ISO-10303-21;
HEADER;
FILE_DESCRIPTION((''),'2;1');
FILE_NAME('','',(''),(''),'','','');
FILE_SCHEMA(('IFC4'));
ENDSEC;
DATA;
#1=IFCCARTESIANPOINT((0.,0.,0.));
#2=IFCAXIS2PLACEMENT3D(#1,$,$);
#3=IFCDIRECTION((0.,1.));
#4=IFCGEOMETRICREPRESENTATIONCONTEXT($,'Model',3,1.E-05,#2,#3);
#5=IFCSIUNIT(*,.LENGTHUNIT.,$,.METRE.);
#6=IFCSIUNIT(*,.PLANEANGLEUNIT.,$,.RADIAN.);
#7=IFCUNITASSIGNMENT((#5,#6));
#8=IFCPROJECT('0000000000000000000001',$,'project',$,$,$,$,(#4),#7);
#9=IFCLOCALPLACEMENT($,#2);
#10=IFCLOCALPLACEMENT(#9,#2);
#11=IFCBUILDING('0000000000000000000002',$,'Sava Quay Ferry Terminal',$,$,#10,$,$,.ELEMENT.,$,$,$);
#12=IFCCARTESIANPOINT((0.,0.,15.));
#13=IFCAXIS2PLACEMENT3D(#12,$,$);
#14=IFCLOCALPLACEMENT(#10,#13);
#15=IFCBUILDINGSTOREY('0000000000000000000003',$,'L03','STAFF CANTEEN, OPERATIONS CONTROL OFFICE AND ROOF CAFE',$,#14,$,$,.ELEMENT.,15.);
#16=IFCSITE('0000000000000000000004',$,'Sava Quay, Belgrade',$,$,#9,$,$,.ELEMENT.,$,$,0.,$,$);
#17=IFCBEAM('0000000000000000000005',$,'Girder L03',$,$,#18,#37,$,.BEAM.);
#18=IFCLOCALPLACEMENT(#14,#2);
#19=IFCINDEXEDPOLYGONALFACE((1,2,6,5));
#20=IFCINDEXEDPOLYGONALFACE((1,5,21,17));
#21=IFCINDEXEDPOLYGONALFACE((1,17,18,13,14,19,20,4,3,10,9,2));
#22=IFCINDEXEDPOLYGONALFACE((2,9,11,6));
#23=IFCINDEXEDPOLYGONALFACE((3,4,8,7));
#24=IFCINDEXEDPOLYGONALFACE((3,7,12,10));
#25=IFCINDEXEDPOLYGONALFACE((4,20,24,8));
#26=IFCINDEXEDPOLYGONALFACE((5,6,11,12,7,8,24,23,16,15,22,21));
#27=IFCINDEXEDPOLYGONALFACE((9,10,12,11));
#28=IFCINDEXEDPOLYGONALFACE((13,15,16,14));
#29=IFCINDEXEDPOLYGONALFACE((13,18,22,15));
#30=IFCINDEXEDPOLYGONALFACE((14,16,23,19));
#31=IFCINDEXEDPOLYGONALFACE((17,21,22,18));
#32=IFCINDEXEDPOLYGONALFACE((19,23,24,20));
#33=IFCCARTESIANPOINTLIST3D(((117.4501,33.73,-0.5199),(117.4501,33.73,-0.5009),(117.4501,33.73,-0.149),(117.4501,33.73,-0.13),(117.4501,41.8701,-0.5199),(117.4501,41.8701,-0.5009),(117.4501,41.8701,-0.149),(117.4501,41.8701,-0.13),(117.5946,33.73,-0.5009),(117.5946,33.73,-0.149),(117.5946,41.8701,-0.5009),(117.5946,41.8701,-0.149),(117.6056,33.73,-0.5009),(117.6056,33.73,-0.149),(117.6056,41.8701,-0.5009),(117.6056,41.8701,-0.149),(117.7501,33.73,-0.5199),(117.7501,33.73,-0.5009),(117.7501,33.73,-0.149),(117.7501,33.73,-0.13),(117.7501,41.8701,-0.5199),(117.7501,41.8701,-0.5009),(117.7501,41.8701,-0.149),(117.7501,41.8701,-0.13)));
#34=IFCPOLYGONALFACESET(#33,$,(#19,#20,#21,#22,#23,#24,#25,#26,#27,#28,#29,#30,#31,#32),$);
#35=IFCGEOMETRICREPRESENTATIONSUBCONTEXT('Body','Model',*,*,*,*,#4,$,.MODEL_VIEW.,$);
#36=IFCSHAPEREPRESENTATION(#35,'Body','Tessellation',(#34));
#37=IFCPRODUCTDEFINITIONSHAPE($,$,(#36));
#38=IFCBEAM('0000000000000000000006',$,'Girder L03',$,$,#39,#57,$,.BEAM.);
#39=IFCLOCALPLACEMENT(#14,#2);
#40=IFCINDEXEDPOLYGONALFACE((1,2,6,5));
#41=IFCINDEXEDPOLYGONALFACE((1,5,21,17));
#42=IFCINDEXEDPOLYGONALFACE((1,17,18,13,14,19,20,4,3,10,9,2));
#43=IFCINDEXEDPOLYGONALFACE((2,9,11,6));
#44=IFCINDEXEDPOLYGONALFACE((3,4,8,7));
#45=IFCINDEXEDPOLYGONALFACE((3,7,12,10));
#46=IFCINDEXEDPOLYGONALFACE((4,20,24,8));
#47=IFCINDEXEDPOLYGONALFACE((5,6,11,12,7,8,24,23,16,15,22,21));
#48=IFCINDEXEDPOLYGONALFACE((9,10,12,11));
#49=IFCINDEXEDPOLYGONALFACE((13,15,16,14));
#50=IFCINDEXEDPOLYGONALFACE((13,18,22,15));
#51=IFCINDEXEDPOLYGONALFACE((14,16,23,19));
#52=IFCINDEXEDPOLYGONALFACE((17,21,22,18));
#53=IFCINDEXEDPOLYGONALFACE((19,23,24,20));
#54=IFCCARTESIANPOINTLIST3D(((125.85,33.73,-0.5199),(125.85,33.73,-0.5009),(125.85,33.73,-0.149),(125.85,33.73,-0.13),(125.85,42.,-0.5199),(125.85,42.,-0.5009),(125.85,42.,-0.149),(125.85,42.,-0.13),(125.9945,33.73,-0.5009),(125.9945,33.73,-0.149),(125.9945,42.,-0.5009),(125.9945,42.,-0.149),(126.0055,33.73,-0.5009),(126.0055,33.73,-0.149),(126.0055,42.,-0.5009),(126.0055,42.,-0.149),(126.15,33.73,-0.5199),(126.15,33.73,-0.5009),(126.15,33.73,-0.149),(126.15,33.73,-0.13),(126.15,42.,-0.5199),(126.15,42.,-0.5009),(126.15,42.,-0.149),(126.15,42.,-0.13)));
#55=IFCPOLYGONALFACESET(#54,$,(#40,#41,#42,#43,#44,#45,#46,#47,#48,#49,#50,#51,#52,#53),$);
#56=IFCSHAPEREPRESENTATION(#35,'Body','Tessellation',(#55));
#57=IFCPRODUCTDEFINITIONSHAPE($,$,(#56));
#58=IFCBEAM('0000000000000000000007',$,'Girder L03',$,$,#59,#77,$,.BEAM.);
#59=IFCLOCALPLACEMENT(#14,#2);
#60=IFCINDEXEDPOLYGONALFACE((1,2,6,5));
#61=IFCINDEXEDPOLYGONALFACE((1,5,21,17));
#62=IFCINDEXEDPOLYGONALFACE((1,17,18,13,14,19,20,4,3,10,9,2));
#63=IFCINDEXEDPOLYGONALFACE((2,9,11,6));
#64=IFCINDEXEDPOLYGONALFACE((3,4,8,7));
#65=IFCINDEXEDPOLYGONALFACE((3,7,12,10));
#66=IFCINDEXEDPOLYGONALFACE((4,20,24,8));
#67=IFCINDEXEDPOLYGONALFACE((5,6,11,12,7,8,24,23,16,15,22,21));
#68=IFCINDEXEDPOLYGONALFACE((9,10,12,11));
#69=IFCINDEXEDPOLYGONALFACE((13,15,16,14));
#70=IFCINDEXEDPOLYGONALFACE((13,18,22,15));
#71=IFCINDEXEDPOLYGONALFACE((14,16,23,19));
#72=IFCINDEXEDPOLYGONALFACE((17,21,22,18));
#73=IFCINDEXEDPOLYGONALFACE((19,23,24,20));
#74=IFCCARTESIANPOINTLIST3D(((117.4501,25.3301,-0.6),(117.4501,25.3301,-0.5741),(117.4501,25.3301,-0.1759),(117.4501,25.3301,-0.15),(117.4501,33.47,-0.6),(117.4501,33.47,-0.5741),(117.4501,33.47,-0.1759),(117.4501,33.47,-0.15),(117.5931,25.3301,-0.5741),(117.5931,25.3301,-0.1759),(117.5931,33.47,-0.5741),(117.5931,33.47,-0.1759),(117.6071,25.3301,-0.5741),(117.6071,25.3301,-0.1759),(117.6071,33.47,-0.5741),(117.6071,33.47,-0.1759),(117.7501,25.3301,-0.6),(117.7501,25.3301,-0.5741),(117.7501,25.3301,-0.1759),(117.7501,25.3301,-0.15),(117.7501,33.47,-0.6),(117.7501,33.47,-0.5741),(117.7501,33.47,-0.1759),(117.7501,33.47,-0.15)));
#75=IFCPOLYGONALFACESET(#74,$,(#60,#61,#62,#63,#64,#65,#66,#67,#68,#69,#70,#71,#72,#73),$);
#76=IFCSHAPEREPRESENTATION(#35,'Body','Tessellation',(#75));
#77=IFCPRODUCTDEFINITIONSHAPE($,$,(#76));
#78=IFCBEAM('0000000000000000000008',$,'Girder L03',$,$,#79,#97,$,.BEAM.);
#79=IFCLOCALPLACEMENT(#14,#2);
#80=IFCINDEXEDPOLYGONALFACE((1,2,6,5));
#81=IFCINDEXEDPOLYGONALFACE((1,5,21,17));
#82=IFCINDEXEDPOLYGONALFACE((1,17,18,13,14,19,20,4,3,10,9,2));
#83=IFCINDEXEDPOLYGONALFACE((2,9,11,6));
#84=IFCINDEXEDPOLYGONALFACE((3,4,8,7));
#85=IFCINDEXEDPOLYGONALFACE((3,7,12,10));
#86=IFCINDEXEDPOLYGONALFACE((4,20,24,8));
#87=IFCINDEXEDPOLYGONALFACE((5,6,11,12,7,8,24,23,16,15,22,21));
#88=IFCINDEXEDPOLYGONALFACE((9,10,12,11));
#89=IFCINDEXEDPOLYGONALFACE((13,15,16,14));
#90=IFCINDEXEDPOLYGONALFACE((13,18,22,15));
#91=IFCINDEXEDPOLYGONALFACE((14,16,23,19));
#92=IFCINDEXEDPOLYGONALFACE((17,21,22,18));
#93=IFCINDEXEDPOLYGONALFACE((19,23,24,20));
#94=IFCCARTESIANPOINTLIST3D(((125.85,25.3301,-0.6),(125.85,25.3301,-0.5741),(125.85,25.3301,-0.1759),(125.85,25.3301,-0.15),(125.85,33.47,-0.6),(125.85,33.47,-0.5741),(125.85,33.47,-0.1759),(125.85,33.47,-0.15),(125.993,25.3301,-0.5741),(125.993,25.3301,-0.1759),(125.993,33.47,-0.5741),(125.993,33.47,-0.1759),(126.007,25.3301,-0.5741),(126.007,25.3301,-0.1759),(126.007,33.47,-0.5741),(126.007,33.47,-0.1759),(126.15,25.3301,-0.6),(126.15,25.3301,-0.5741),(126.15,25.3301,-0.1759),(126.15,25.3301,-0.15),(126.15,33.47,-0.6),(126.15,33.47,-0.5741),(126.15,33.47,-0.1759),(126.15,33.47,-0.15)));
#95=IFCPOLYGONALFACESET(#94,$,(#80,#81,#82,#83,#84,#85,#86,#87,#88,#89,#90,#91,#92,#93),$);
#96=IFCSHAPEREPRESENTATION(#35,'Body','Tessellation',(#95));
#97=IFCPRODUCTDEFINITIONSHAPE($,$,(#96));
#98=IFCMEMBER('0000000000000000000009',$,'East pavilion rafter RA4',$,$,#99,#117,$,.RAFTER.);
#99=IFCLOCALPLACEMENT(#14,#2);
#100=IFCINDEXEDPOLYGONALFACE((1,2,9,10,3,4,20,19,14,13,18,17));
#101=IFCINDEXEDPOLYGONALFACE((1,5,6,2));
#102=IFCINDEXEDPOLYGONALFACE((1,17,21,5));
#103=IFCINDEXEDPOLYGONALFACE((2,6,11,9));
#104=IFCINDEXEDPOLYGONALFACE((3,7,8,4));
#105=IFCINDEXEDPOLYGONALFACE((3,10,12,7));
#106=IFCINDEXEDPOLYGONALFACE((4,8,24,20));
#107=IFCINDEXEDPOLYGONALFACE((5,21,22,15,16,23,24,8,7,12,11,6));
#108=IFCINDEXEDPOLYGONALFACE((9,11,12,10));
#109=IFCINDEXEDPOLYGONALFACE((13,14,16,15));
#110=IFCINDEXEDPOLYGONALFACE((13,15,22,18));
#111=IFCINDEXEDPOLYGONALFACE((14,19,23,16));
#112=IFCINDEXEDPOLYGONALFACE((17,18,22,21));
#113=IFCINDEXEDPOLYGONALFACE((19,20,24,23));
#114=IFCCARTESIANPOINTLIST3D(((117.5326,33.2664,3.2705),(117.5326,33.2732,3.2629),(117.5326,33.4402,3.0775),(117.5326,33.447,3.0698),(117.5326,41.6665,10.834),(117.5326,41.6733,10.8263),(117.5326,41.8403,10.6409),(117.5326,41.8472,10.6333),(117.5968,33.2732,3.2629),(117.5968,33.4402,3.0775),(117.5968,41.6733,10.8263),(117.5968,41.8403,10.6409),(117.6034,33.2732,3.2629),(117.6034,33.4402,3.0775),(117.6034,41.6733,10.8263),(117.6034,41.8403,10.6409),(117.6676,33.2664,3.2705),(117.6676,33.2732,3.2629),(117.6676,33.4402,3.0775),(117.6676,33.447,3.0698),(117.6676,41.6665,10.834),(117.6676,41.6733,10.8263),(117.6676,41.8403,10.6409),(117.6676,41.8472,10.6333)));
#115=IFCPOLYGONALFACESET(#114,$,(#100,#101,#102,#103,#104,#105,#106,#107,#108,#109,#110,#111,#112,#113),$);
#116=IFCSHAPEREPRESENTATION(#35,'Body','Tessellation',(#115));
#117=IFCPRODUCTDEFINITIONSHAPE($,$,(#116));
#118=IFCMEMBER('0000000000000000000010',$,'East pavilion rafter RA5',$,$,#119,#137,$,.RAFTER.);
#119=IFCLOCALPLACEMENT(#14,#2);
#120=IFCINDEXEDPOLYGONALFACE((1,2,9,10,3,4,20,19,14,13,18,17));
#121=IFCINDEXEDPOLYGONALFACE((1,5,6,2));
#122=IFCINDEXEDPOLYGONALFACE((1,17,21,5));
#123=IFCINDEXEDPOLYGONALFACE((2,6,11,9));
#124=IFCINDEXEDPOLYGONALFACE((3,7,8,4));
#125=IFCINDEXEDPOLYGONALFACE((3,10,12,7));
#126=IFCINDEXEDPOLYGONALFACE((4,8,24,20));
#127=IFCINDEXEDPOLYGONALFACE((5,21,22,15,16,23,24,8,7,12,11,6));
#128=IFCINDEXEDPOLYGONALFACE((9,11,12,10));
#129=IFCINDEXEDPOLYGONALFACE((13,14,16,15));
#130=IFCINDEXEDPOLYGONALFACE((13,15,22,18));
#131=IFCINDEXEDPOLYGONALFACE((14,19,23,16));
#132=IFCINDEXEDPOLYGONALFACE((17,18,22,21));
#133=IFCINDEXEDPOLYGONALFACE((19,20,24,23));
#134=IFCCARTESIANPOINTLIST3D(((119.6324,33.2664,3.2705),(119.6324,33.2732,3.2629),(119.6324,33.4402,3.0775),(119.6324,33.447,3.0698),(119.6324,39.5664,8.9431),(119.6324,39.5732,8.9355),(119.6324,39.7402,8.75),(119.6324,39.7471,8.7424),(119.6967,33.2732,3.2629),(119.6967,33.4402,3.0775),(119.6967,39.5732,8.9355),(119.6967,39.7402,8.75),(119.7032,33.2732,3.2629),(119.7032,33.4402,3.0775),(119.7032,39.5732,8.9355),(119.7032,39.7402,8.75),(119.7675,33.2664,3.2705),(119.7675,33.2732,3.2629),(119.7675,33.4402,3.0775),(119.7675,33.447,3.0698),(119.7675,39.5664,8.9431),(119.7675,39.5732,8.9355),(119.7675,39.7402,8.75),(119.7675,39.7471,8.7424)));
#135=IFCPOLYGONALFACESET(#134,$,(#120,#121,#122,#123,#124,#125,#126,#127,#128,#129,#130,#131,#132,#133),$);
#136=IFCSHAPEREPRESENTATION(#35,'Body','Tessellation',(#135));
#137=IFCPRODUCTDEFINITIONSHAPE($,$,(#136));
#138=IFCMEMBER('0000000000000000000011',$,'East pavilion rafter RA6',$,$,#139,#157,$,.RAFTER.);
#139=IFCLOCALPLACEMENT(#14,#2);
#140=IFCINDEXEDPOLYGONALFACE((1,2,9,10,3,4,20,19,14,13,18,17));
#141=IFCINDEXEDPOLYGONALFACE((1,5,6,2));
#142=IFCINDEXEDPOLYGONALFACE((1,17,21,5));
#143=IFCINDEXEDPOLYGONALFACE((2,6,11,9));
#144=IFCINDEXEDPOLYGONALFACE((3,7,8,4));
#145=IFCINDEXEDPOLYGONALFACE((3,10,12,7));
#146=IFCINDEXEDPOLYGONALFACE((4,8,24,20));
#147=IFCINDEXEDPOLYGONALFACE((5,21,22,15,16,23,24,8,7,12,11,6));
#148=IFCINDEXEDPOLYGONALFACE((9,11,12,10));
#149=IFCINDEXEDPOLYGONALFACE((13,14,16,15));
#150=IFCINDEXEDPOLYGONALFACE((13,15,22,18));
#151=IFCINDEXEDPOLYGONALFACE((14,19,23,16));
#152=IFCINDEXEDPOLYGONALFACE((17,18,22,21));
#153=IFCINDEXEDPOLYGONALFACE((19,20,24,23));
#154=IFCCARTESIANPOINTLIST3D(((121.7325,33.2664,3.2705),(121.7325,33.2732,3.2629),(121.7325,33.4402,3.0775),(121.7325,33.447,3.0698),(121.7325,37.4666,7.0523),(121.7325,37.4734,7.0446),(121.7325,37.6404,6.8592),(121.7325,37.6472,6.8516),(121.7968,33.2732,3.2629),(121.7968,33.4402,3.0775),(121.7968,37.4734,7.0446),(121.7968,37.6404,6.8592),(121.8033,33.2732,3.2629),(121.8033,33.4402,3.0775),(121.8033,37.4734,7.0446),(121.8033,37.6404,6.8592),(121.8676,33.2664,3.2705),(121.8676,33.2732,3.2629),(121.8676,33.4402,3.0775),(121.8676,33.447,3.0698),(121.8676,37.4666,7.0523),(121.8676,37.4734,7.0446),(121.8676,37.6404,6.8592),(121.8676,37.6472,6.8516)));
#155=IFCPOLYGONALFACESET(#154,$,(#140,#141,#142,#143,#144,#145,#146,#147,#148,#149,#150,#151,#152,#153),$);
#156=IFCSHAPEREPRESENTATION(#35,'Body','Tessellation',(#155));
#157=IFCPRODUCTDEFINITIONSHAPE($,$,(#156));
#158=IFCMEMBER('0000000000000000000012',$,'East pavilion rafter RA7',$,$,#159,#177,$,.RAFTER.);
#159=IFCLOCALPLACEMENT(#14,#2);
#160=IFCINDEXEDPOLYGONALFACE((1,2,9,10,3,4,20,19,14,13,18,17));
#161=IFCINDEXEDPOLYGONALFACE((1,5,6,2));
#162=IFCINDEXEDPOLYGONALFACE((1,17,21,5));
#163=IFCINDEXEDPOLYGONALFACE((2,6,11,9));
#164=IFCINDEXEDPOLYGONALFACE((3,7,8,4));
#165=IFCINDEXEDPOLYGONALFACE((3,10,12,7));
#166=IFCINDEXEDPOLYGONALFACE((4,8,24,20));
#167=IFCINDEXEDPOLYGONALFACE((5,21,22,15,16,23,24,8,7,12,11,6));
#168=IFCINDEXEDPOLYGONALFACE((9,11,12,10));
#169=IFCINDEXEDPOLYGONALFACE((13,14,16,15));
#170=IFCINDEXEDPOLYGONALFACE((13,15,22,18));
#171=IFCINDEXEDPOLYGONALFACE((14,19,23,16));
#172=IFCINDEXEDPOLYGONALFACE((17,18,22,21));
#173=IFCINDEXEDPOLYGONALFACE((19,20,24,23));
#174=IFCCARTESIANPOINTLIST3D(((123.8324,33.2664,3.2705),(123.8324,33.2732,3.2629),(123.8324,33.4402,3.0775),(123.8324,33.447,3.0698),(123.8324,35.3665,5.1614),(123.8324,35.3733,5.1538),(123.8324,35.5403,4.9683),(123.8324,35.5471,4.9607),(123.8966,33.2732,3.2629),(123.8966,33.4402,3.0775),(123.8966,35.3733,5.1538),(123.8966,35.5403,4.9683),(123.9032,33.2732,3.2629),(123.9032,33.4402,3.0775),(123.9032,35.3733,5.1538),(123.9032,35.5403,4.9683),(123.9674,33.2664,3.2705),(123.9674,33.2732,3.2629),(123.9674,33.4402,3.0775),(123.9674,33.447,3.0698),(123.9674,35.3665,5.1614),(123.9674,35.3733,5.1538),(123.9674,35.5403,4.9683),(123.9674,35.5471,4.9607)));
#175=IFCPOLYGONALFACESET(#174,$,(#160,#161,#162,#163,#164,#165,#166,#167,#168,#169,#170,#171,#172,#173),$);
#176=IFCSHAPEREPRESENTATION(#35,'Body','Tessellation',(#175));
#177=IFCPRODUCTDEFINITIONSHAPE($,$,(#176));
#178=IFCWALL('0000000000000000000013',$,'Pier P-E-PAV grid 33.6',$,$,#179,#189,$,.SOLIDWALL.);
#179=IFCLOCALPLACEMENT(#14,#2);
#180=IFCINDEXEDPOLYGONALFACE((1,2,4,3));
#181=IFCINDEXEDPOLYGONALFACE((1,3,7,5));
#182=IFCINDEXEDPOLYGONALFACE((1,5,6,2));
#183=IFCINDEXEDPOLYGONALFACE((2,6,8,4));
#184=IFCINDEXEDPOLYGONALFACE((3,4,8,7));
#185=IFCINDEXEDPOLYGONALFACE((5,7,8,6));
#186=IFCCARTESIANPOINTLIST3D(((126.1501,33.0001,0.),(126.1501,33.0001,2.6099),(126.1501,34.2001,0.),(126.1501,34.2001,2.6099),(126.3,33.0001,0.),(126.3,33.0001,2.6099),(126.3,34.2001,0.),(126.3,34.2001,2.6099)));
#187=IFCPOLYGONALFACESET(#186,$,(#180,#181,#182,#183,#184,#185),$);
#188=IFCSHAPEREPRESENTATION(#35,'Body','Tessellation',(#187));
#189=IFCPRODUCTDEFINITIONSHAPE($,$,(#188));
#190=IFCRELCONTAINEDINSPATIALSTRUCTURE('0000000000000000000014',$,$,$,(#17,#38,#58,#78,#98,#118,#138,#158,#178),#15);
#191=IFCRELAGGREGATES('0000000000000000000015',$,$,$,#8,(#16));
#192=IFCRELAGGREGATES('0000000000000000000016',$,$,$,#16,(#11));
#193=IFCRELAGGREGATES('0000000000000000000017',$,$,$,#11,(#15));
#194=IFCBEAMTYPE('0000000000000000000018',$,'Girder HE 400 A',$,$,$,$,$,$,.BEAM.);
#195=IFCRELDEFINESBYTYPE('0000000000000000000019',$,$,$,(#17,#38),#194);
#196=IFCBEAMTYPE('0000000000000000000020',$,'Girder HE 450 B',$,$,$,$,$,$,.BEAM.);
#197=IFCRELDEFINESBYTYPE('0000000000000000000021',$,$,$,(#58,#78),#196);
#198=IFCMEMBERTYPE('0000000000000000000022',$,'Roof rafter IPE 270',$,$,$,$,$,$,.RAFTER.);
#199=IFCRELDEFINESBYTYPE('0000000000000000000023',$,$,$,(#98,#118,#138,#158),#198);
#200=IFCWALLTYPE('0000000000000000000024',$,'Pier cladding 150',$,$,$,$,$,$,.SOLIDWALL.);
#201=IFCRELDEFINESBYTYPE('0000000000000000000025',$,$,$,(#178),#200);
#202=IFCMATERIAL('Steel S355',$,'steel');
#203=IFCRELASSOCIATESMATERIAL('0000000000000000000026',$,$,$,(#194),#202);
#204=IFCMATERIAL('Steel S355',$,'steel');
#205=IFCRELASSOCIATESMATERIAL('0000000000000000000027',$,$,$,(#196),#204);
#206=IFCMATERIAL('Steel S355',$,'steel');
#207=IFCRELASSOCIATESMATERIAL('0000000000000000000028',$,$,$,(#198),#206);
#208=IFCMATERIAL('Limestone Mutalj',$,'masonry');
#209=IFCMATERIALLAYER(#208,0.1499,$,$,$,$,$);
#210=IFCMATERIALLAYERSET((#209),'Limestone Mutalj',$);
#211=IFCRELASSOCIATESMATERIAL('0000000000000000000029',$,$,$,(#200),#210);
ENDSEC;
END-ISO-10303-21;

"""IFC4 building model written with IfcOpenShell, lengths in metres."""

from ifc_helpers import new_model, si_unit, direction, frame, frame_2d, origin, origin_2d, place, context, subcontext, project, spatial, rectangle, i_section, extrude, material, layer, layer_set, material_profile, profile_set, type_object, element, save


model = new_model("IFC4")

# Units and contexts
model_context = context("Model", 3, precision=1e-05, world=origin(), true_north=direction((0.0, 1.0)))
body_context = subcontext(model_context, "Body", "Model", "MODEL_VIEW")
ifc_project = project(units=[si_unit("LENGTHUNIT", "METRE"), si_unit("PLANEANGLEUNIT", "RADIAN")], contexts=[model_context])

# Site, building, storey
site_placement = place(None, origin())
site = spatial("IfcSite", under=ifc_project, at=site_placement, Name="Sava Quay, Belgrade", CompositionType="ELEMENT", RefElevation=0.0)
building_placement = place(site_placement, origin())
building = spatial("IfcBuilding", under=site, at=building_placement, Name="Sava Quay Ferry Terminal", CompositionType="ELEMENT")
storey_placement = place(building_placement, frame((0.0, 0.0, 15.0)))
storey = spatial("IfcBuildingStorey", under=building, at=storey_placement, Name="L03", Description="STAFF CANTEEN, OPERATIONS CONTROL OFFICE AND ROOF CAFE", CompositionType="ELEMENT", Elevation=15.0)

# Beams
ifc_material_1 = material(Name="Steel S355", Category="steel")
ifc_material_profile_1 = material_profile(ifc_material_1, i_section(OverallWidth=0.3, OverallDepth=0.3899, WebThickness=0.011, FlangeThickness=0.019, at=origin_2d()), Name="HE 400 A")
ifc_profile_set_1 = profile_set([ifc_material_profile_1], Name="Steel S355")
beam_type_1 = type_object("IfcBeamType", Name="Girder HE 400 A", PredefinedType="BEAM", material=ifc_profile_set_1)
beam_1_placement = place(storey_placement, frame((117.6001, 33.73, -0.325), z_axis=(0.0, 1.0, 0.0), x_axis=(-1.0, 0.0, 0.0)))
element("IfcBeam", 1, at=beam_1_placement, inside=storey, type_object=beam_type_1, Name="Girder L03", PredefinedType="BEAM", context=body_context, shape_type="SweptSolid", body=[
    extrude(i_section(OverallWidth=0.3, OverallDepth=0.3899, WebThickness=0.011, FlangeThickness=0.019, at=origin_2d()), origin(), (0.0, 0.0, 1.0), 8.1401),
])
beam_2_placement = place(storey_placement, frame((126.0, 33.73, -0.325), z_axis=(0.0, 1.0, 0.0), x_axis=(-1.0, 0.0, 0.0)))
element("IfcBeam", 2, at=beam_2_placement, inside=storey, type_object=beam_type_1, Name="Girder L03", PredefinedType="BEAM", context=body_context, shape_type="SweptSolid", body=[
    extrude(i_section(OverallWidth=0.3, OverallDepth=0.3899, WebThickness=0.011, FlangeThickness=0.019, at=origin_2d()), origin(), (0.0, 0.0, 1.0), 8.27),
])
ifc_material_2 = material(Name="Steel S355", Category="steel")
ifc_material_profile_2 = material_profile(ifc_material_2, i_section(OverallWidth=0.3, OverallDepth=0.45, WebThickness=0.0139, FlangeThickness=0.0259, at=origin_2d()), Name="HE 450 B")
ifc_profile_set_2 = profile_set([ifc_material_profile_2], Name="Steel S355")
beam_type_2 = type_object("IfcBeamType", Name="Girder HE 450 B", PredefinedType="BEAM", material=ifc_profile_set_2)
for number, where, z_axis, x_axis, name in (
    (3, (117.6001, 25.3301, -0.375), (0.0, 1.0, 0.0), (-1.0, 0.0, 0.0), "Girder L03"),
    (4, (126.0, 25.3301, -0.375), (0.0, 1.0, 0.0), (-1.0, 0.0, 0.0), "Girder L03"),
):
    element("IfcBeam", number, at=place(storey_placement, frame(where, z_axis=z_axis, x_axis=x_axis)), inside=storey, type_object=beam_type_2, Name=name, PredefinedType="BEAM", context=body_context, shape_type="SweptSolid", body=[
        extrude(i_section(OverallWidth=0.3, OverallDepth=0.45, WebThickness=0.0139, FlangeThickness=0.0259, at=origin_2d()), origin(), (0.0, 0.0, 1.0), 8.1399),
    ])

# Members
ifc_material_3 = material(Name="Steel S355", Category="steel")
ifc_material_profile_3 = material_profile(ifc_material_3, i_section(OverallWidth=0.135, OverallDepth=0.27, WebThickness=0.0066, FlangeThickness=0.0103, at=origin_2d()), Name="IPE 270")
ifc_profile_set_3 = profile_set([ifc_material_profile_3], Name="Steel S355")
member_type = type_object("IfcMemberType", Name="Roof rafter IPE 270", PredefinedType="RAFTER", material=ifc_profile_set_3)
member_1_placement = place(storey_placement, frame((117.6001, 33.3567, 3.1702), z_axis=(0.0, 0.743147, 0.669128), x_axis=(-1.0, 0.0, 0.0)))
element("IfcMember", 5, at=member_1_placement, inside=storey, type_object=member_type, Name="East pavilion rafter RA4", PredefinedType="RAFTER", context=body_context, shape_type="SweptSolid", body=[
    extrude(i_section(OverallWidth=0.135, OverallDepth=0.27, WebThickness=0.0066, FlangeThickness=0.0103, at=origin_2d()), origin(), (0.0, 0.0, 1.0), 11.3035),
])
member_2_placement = place(storey_placement, frame((119.7, 33.3567, 3.1702), z_axis=(0.0, 0.743144, 0.669132), x_axis=(-1.0, 0.0, 0.0)))
element("IfcMember", 6, at=member_2_placement, inside=storey, type_object=member_type, Name="East pavilion rafter RA5", PredefinedType="RAFTER", context=body_context, shape_type="SweptSolid", body=[
    extrude(i_section(OverallWidth=0.135, OverallDepth=0.27, WebThickness=0.0066, FlangeThickness=0.0103, at=origin_2d()), origin(), (0.0, 0.0, 1.0), 8.4775),
])
member_3_placement = place(storey_placement, frame((121.8, 33.3567, 3.1702), z_axis=(0.0, 0.743157, 0.669117), x_axis=(-1.0, 0.0, 0.0)))
element("IfcMember", 7, at=member_3_placement, inside=storey, type_object=member_type, Name="East pavilion rafter RA6", PredefinedType="RAFTER", context=body_context, shape_type="SweptSolid", body=[
    extrude(i_section(OverallWidth=0.135, OverallDepth=0.27, WebThickness=0.0066, FlangeThickness=0.0103, at=origin_2d()), origin(), (0.0, 0.0, 1.0), 5.6519),
])
member_4_placement = place(storey_placement, frame((123.8999, 33.3567, 3.1702), z_axis=(0.0, 0.743157, 0.669117), x_axis=(-1.0, 0.0, 0.0)))
element("IfcMember", 8, at=member_4_placement, inside=storey, type_object=member_type, Name="East pavilion rafter RA7", PredefinedType="RAFTER", context=body_context, shape_type="SweptSolid", body=[
    extrude(i_section(OverallWidth=0.135, OverallDepth=0.27, WebThickness=0.0066, FlangeThickness=0.0103, at=origin_2d()), origin(), (0.0, 0.0, 1.0), 2.8259),
])

# Wall
ifc_material_4 = material(Name="Limestone Mutalj", Category="masonry")
ifc_layer_1 = layer(ifc_material_4, 0.1499)
ifc_layer_set_1 = layer_set([ifc_layer_1], Name="Limestone Mutalj")
wall_type_1 = type_object("IfcWallType", Name="Pier cladding 150", PredefinedType="SOLIDWALL", material=ifc_layer_set_1)
wall_1_placement = place(storey_placement, frame((126.2251, 33.0, 0.0), z_axis=(0.0, 0.0, 1.0), x_axis=(0.0, 1.0, 0.0)))
element("IfcWall", 9, at=wall_1_placement, inside=storey, type_object=wall_type_1, Name="Pier P-E-PAV grid 33.6", PredefinedType="SOLIDWALL", context=body_context, shape_type="SweptSolid", body=[
    extrude(rectangle(XDim=1.2, YDim=0.1499, at=frame_2d((0.6001, 0.0))), origin(), (0.0, 0.0, 1.0), 2.6099),
])

save(model, "model.ifc")
